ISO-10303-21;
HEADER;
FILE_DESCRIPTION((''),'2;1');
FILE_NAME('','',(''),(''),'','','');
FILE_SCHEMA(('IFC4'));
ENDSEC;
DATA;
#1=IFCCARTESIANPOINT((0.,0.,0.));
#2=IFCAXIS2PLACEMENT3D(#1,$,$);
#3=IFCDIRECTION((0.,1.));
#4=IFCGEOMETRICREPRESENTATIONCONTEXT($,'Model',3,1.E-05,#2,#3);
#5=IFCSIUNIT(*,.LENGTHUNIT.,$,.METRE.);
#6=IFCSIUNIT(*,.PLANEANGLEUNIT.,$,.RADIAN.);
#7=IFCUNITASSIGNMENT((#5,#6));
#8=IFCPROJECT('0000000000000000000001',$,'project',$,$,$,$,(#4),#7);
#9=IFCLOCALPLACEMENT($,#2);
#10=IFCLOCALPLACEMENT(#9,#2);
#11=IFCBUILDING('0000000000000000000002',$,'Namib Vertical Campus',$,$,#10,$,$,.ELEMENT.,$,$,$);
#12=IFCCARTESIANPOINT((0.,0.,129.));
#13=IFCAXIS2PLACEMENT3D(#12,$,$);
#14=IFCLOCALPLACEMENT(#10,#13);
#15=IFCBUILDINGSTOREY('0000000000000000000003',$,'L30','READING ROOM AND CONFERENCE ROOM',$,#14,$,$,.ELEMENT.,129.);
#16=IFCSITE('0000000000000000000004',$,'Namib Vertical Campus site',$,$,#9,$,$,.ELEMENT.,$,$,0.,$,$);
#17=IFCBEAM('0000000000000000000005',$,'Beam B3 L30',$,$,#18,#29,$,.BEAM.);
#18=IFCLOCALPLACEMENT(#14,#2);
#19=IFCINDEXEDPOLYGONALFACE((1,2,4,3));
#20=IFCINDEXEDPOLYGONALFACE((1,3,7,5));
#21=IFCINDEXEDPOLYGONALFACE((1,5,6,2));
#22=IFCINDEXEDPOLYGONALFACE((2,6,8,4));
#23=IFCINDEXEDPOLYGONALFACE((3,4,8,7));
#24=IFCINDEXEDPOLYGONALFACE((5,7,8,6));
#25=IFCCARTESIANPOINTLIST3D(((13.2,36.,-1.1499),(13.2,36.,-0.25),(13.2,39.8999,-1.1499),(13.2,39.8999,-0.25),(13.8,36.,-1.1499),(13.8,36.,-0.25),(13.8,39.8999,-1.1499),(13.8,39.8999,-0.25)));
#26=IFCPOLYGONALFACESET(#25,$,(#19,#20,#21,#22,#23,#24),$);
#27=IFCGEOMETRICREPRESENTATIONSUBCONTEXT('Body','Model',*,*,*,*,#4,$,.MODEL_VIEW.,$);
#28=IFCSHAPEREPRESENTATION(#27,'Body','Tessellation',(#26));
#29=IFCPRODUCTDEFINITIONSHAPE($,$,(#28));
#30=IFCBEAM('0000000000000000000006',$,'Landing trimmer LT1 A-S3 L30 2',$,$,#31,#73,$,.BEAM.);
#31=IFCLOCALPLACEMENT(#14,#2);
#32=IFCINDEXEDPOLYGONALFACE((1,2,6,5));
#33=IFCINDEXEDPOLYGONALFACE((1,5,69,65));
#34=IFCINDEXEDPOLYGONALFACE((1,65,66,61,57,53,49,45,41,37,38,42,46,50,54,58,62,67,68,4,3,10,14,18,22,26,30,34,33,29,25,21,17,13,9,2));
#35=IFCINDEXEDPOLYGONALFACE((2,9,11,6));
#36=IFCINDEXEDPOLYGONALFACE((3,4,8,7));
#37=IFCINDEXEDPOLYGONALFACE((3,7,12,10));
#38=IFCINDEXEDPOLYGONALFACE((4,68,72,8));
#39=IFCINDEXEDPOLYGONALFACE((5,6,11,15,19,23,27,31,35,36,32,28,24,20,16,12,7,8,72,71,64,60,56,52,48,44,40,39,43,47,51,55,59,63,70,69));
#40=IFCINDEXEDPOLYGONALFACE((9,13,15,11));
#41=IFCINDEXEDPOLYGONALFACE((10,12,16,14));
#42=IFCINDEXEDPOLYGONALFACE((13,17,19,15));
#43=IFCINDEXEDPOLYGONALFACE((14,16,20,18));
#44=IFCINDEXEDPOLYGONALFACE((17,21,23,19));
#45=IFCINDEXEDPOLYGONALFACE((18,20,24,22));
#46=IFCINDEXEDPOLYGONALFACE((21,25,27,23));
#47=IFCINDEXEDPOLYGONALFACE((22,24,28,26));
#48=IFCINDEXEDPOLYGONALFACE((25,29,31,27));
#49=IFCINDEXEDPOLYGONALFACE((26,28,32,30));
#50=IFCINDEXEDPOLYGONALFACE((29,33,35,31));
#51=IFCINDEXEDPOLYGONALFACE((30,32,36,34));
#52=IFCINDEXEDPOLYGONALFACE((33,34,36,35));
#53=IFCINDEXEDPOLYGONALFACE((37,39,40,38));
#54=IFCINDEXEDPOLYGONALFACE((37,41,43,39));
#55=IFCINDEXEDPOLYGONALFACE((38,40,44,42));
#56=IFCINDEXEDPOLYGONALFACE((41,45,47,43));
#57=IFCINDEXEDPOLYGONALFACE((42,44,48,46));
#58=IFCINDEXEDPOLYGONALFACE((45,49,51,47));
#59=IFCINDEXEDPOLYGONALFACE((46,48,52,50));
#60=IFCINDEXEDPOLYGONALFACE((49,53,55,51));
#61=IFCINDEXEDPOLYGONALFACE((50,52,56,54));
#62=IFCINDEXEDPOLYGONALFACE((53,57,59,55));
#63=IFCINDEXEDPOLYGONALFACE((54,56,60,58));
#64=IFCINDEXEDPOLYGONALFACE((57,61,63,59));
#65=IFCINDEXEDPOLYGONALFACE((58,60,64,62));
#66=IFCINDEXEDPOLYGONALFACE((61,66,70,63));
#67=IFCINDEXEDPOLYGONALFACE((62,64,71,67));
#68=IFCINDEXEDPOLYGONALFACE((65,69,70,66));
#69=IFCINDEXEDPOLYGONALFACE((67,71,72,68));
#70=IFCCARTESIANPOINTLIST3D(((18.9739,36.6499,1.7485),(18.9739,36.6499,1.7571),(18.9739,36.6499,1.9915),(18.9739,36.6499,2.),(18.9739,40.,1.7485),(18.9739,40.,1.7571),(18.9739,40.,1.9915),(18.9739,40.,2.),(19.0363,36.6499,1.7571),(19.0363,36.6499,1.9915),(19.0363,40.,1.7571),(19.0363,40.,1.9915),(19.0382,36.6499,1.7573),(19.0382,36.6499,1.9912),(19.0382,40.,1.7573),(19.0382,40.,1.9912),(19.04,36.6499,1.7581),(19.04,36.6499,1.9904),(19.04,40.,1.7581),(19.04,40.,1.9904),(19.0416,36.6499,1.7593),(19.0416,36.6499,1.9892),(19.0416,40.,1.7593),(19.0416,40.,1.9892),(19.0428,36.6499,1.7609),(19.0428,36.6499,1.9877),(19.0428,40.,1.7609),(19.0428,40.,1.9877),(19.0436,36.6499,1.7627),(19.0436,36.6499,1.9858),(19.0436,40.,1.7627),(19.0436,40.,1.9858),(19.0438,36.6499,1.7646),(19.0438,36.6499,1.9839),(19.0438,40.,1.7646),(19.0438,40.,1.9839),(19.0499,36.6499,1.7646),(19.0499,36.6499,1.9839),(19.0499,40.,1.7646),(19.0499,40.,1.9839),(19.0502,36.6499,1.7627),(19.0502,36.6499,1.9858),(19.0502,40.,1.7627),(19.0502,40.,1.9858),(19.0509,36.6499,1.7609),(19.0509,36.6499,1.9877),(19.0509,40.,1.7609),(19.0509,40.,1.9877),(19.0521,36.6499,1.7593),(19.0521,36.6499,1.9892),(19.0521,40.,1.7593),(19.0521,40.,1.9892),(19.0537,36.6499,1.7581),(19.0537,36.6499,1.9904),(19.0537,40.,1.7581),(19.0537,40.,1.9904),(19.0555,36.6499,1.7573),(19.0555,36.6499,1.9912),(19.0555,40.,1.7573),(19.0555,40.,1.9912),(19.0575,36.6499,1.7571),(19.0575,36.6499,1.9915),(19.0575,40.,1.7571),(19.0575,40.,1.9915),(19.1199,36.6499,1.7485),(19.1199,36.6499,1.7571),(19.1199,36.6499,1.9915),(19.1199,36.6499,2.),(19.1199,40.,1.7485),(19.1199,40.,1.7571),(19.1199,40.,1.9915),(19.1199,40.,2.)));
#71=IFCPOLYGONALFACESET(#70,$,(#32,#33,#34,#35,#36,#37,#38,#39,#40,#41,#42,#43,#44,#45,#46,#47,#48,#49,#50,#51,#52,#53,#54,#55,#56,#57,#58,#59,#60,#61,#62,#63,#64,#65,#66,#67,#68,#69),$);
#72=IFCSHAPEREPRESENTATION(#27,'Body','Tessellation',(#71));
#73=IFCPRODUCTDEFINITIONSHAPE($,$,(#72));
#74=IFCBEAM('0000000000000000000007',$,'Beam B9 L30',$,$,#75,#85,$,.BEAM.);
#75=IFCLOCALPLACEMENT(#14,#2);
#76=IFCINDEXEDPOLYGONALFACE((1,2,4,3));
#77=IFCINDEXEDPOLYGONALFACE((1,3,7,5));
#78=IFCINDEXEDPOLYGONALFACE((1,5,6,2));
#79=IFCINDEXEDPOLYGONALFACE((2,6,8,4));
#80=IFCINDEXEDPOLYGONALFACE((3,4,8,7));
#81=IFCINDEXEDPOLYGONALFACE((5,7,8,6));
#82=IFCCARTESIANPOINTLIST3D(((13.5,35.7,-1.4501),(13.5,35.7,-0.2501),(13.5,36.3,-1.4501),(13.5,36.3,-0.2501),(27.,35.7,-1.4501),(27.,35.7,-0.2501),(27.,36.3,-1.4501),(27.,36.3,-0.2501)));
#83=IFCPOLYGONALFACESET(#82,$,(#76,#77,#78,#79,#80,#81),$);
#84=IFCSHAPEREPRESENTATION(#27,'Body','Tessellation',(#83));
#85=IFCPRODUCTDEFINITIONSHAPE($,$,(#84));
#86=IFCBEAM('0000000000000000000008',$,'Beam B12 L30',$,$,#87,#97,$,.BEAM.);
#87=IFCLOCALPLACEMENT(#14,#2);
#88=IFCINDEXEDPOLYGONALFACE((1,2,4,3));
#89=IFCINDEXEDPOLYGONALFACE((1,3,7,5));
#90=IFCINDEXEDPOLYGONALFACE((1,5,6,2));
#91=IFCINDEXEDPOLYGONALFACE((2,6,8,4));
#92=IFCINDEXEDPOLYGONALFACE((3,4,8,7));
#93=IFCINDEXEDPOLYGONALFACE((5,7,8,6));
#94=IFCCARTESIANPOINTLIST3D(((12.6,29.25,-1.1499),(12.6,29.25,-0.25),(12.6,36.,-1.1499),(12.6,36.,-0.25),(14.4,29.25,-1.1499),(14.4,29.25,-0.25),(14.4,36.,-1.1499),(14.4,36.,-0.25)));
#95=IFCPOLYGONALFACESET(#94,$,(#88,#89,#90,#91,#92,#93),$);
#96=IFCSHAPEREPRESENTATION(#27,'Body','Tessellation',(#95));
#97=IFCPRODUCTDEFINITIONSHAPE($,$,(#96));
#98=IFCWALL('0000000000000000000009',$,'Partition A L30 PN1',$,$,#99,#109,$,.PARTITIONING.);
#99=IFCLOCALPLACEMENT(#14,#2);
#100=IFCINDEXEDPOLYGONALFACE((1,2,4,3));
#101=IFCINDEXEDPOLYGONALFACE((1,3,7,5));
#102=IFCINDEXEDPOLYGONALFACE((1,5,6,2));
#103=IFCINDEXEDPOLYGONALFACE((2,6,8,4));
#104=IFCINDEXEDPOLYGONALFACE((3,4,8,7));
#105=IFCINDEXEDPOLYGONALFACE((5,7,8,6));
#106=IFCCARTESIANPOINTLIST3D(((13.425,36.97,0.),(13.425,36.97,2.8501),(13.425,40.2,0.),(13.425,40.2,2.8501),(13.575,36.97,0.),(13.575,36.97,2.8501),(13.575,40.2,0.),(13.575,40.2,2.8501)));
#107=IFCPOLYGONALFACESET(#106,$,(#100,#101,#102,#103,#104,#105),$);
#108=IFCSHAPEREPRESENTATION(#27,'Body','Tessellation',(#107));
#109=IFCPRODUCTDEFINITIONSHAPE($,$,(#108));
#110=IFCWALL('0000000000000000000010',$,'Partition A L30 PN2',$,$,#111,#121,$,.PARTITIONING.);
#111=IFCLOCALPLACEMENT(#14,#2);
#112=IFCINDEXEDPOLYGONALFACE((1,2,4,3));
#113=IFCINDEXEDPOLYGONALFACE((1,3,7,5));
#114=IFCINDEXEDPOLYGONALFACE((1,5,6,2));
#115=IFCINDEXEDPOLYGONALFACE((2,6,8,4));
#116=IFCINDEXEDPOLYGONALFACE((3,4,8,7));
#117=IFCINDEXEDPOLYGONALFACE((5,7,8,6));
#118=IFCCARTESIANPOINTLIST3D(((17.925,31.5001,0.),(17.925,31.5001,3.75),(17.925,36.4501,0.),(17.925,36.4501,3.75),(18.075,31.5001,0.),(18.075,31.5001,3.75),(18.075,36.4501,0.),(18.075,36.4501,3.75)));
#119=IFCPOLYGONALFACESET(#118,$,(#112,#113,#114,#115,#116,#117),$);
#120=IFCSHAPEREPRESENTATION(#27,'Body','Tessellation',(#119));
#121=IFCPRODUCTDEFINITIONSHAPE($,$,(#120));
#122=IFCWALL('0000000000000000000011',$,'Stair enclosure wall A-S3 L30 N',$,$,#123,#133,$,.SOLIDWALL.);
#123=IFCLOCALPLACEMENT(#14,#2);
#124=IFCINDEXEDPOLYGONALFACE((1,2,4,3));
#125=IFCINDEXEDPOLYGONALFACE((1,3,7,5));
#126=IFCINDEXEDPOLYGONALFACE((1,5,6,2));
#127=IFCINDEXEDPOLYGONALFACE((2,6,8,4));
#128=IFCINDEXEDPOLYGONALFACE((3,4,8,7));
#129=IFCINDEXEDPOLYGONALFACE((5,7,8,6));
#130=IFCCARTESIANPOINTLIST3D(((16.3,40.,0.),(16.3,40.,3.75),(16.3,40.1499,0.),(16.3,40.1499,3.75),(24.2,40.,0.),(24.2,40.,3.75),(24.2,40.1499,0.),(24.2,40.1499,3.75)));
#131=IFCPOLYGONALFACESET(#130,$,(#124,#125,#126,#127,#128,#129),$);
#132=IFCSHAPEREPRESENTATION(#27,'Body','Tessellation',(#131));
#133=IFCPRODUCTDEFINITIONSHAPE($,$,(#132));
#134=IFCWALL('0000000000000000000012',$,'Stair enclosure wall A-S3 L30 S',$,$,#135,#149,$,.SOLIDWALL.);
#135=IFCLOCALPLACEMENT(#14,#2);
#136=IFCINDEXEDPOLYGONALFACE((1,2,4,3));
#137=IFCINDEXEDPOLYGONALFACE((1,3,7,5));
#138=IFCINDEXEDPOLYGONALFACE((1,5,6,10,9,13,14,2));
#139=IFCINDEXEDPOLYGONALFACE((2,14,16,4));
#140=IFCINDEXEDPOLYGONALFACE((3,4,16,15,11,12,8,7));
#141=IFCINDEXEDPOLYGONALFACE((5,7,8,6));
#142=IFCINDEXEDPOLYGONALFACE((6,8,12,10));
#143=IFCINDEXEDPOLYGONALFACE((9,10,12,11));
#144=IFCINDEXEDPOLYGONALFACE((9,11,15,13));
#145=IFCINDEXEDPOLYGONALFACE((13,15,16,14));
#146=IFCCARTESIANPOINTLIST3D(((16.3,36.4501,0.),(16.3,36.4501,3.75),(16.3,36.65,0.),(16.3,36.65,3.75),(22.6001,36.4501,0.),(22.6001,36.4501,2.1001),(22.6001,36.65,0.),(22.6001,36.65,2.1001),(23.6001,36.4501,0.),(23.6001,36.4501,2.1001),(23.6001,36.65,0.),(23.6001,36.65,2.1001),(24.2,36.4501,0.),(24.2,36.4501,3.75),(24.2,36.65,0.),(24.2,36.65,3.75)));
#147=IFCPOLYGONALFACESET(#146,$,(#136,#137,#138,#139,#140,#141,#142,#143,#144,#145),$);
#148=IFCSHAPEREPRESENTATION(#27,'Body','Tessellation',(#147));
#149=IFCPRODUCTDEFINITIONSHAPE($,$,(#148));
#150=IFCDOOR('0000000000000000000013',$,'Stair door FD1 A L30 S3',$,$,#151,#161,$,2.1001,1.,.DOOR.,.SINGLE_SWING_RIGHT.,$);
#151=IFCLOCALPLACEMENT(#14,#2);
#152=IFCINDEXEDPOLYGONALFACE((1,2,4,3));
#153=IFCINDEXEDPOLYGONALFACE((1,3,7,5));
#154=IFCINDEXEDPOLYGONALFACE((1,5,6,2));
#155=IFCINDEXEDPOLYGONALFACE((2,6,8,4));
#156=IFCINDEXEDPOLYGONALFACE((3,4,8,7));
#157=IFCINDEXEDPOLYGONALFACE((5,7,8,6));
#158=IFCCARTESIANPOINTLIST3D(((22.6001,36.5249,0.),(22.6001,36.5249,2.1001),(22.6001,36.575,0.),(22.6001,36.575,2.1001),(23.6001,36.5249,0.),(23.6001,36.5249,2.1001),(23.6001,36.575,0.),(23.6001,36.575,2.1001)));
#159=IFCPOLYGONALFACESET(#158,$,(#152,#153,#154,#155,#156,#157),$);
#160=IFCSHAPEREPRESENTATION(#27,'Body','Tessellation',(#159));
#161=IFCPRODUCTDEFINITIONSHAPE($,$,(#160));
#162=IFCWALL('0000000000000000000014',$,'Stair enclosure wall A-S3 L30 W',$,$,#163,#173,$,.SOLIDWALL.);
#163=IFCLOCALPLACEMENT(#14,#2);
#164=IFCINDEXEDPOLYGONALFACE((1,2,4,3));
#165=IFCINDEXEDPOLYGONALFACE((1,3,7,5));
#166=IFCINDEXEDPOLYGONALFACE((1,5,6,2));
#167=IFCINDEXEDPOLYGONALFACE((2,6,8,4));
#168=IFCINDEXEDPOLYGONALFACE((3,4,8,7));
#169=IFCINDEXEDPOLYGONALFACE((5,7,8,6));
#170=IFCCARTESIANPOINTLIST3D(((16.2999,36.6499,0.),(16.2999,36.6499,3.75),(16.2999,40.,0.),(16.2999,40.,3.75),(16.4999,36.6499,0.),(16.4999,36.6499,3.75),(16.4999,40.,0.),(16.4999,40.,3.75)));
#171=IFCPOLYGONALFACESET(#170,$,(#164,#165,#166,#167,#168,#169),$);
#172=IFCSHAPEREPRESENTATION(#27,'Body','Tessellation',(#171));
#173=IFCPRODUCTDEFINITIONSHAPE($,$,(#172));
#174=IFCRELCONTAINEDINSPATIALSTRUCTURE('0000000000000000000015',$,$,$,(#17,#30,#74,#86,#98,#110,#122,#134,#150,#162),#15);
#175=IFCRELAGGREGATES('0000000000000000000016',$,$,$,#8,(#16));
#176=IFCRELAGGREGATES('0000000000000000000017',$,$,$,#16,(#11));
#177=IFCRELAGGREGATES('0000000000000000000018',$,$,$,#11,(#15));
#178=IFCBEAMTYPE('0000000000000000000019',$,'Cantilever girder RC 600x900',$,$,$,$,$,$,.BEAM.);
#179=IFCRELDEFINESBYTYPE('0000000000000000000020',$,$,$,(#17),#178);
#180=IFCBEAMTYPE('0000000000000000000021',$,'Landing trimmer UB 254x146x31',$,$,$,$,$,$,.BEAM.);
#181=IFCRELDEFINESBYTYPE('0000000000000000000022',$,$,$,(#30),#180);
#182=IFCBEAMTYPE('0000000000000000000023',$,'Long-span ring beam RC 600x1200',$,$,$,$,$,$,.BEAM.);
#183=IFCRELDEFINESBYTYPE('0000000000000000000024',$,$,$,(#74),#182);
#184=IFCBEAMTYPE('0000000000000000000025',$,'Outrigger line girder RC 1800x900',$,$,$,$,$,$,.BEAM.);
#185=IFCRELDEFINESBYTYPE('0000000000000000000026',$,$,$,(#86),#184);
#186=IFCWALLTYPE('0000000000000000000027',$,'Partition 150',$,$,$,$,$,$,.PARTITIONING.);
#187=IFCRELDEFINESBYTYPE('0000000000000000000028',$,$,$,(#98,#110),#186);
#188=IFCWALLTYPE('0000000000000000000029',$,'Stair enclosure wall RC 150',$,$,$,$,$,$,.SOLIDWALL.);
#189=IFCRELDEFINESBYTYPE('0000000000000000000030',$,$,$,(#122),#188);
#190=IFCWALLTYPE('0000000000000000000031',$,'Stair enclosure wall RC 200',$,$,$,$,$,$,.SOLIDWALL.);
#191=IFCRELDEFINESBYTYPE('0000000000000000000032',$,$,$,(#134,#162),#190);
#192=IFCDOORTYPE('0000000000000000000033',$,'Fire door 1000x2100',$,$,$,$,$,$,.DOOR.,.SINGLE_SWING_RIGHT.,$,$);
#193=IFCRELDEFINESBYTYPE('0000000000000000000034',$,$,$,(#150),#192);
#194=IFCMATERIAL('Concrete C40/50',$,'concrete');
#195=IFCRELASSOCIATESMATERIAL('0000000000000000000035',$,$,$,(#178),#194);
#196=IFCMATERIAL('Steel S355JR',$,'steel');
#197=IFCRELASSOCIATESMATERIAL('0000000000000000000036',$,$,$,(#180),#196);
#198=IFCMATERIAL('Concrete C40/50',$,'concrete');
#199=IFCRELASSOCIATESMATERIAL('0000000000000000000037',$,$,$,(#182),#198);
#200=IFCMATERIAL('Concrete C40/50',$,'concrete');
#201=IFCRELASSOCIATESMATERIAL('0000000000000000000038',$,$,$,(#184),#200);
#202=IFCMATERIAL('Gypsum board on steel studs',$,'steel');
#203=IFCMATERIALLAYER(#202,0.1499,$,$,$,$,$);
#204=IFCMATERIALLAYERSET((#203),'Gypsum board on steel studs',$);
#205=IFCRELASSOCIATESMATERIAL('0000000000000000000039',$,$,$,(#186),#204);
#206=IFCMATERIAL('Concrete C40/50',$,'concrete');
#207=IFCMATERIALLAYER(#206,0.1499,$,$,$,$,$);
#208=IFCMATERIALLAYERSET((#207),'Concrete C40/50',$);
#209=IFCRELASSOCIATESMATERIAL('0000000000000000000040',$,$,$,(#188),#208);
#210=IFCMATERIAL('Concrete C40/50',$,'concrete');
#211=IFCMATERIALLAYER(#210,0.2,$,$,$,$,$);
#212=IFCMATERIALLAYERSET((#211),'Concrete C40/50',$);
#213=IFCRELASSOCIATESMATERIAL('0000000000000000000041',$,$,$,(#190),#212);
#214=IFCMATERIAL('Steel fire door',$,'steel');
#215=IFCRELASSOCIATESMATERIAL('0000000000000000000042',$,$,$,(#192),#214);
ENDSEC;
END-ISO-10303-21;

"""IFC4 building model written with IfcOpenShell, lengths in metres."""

from ifc_helpers import new_model, si_unit, direction, frame, frame_2d, origin, origin_2d, place, context, subcontext, project, spatial, rectangle, i_section, extrude, material, layer, layer_set, material_profile, profile_set, type_object, element, fill, save


model = new_model("IFC4")

# Units and contexts
model_context = context("Model", 3, precision=1e-05, world=origin(), true_north=direction((0.0, 1.0)))
body_context = subcontext(model_context, "Body", "Model", "MODEL_VIEW")
ifc_project = project(units=[si_unit("LENGTHUNIT", "METRE"), si_unit("PLANEANGLEUNIT", "RADIAN")], contexts=[model_context])

# Site, building, storey
site_placement = place(None, origin())
site = spatial("IfcSite", under=ifc_project, at=site_placement, Name="Namib Vertical Campus site", CompositionType="ELEMENT", RefElevation=0.0)
building_placement = place(site_placement, origin())
building = spatial("IfcBuilding", under=site, at=building_placement, Name="Namib Vertical Campus", CompositionType="ELEMENT")
storey_placement = place(building_placement, frame((0.0, 0.0, 129.0)))
storey = spatial("IfcBuildingStorey", under=building, at=storey_placement, Name="L30", Description="READING ROOM AND CONFERENCE ROOM", CompositionType="ELEMENT", Elevation=129.0)

# Beams
ifc_material_1 = material(Name="Concrete C40/50", Category="concrete")
ifc_material_profile_1 = material_profile(ifc_material_1, rectangle(XDim=0.6001, YDim=0.8999, at=origin_2d()))
ifc_profile_set_1 = profile_set([ifc_material_profile_1], Name="Concrete C40/50")
beam_type_1 = type_object("IfcBeamType", Name="Cantilever girder RC 600x900", PredefinedType="BEAM", material=ifc_profile_set_1)
beam_1_placement = place(storey_placement, frame((13.5, 36.0, -0.7), z_axis=(0.0, 1.0, 0.0), x_axis=(-1.0, 0.0, 0.0)))
element("IfcBeam", 1, at=beam_1_placement, inside=storey, type_object=beam_type_1, Name="Beam B3 L30", PredefinedType="BEAM", context=body_context, shape_type="SweptSolid", body=[
    extrude(rectangle(XDim=0.6001, YDim=0.8999, at=origin_2d()), origin(), (0.0, 0.0, 1.0), 3.8999),
])
ifc_material_2 = material(Name="Steel S355JR", Category="steel")
ifc_material_profile_2 = material_profile(ifc_material_2, i_section(OverallWidth=0.146, OverallDepth=0.2515, WebThickness=0.0061, FlangeThickness=0.0085, FilletRadius=0.0076, at=origin_2d()))
ifc_profile_set_2 = profile_set([ifc_material_profile_2], Name="Steel S355JR")
beam_type_2 = type_object("IfcBeamType", Name="Landing trimmer UB 254x146x31", PredefinedType="BEAM", material=ifc_profile_set_2)
beam_2_placement = place(storey_placement, frame((19.0469, 36.6499, 1.8743), z_axis=(0.0, 1.0, 0.0), x_axis=(-1.0, 0.0, 0.0)))
element("IfcBeam", 2, at=beam_2_placement, inside=storey, type_object=beam_type_2, Name="Landing trimmer LT1 A-S3 L30 2", PredefinedType="BEAM", context=body_context, shape_type="SweptSolid", body=[
    extrude(i_section(OverallWidth=0.146, OverallDepth=0.2515, WebThickness=0.0061, FlangeThickness=0.0085, FilletRadius=0.0076, at=origin_2d()), origin(), (0.0, 0.0, 1.0), 3.3501),
])
ifc_material_3 = material(Name="Concrete C40/50", Category="concrete")
ifc_material_profile_3 = material_profile(ifc_material_3, rectangle(XDim=0.6001, YDim=1.2, at=origin_2d()))
ifc_profile_set_3 = profile_set([ifc_material_profile_3], Name="Concrete C40/50")
beam_type_3 = type_object("IfcBeamType", Name="Long-span ring beam RC 600x1200", PredefinedType="BEAM", material=ifc_profile_set_3)
beam_3_placement = place(storey_placement, frame((13.5, 36.0, -0.8501), z_axis=(1.0, 0.0, 0.0), x_axis=(0.0, 1.0, 0.0)))
element("IfcBeam", 3, at=beam_3_placement, inside=storey, type_object=beam_type_3, Name="Beam B9 L30", PredefinedType="BEAM", context=body_context, shape_type="SweptSolid", body=[
    extrude(rectangle(XDim=0.6001, YDim=1.2, at=origin_2d()), origin(), (0.0, 0.0, 1.0), 13.5),
])
ifc_material_4 = material(Name="Concrete C40/50", Category="concrete")
ifc_material_profile_4 = material_profile(ifc_material_4, rectangle(XDim=1.8, YDim=0.8999, at=origin_2d()))
ifc_profile_set_4 = profile_set([ifc_material_profile_4], Name="Concrete C40/50")
beam_type_4 = type_object("IfcBeamType", Name="Outrigger line girder RC 1800x900", PredefinedType="BEAM", material=ifc_profile_set_4)
beam_4_placement = place(storey_placement, frame((13.5, 36.0, -0.7), z_axis=(0.0, -1.0, 0.0), x_axis=(1.0, 0.0, 0.0)))
element("IfcBeam", 4, at=beam_4_placement, inside=storey, type_object=beam_type_4, Name="Beam B12 L30", PredefinedType="BEAM", context=body_context, shape_type="SweptSolid", body=[
    extrude(rectangle(XDim=1.8, YDim=0.8999, at=origin_2d()), origin(), (0.0, 0.0, 1.0), 6.75),
])

# Walls
ifc_material_5 = material(Name="Gypsum board on steel studs", Category="steel")
ifc_layer_1 = layer(ifc_material_5, 0.1499)
ifc_layer_set_1 = layer_set([ifc_layer_1], Name="Gypsum board on steel studs")
wall_type_1 = type_object("IfcWallType", Name="Partition 150", PredefinedType="PARTITIONING", material=ifc_layer_set_1)
wall_1_placement = place(storey_placement, frame((13.5, 36.97, 0.0), z_axis=(0.0, 0.0, 1.0), x_axis=(0.0, 1.0, 0.0)))
element("IfcWall", 5, at=wall_1_placement, inside=storey, type_object=wall_type_1, Name="Partition A L30 PN1", PredefinedType="PARTITIONING", context=body_context, shape_type="SweptSolid", body=[
    extrude(rectangle(XDim=3.23, YDim=0.1499, at=frame_2d((1.615, 0.0))), origin(), (0.0, 0.0, 1.0), 2.8501),
])
wall_2_placement = place(storey_placement, frame((18.0, 31.5, 0.0), z_axis=(0.0, 0.0, 1.0), x_axis=(0.0, 1.0, 0.0)))
element("IfcWall", 6, at=wall_2_placement, inside=storey, type_object=wall_type_1, Name="Partition A L30 PN2", PredefinedType="PARTITIONING", context=body_context, shape_type="SweptSolid", body=[
    extrude(rectangle(XDim=4.95, YDim=0.1499, at=frame_2d((2.4751, 0.0))), origin(), (0.0, 0.0, 1.0), 3.75),
])
ifc_material_6 = material(Name="Concrete C40/50", Category="concrete")
ifc_layer_2 = layer(ifc_material_6, 0.1499)
ifc_layer_set_2 = layer_set([ifc_layer_2], Name="Concrete C40/50")
wall_type_2 = type_object("IfcWallType", Name="Stair enclosure wall RC 150", PredefinedType="SOLIDWALL", material=ifc_layer_set_2)
wall_3_placement = place(storey_placement, frame((16.3, 40.075, 0.0), z_axis=(0.0, 0.0, 1.0), x_axis=(1.0, 0.0, 0.0)))
element("IfcWall", 7, at=wall_3_placement, inside=storey, type_object=wall_type_2, Name="Stair enclosure wall A-S3 L30 N", PredefinedType="SOLIDWALL", context=body_context, shape_type="SweptSolid", body=[
    extrude(rectangle(XDim=7.8999, YDim=0.1499, at=frame_2d((3.95, 0.0))), origin(), (0.0, 0.0, 1.0), 3.75),
])

# Wall, opening, door
ifc_material_7 = material(Name="Concrete C40/50", Category="concrete")
ifc_layer_3 = layer(ifc_material_7, 0.2)
ifc_layer_set_3 = layer_set([ifc_layer_3], Name="Concrete C40/50")
wall_type_3 = type_object("IfcWallType", Name="Stair enclosure wall RC 200", PredefinedType="SOLIDWALL", material=ifc_layer_set_3)
wall_4_placement = place(storey_placement, frame((16.3, 36.55, 0.0), z_axis=(0.0, 0.0, 1.0), x_axis=(1.0, 0.0, 0.0)))
wall_4 = element("IfcWall", 8, at=wall_4_placement, inside=storey, type_object=wall_type_3, Name="Stair enclosure wall A-S3 L30 S", PredefinedType="SOLIDWALL", context=body_context, shape_type="SweptSolid", body=[
    extrude(rectangle(XDim=7.8999, YDim=0.2, at=frame_2d((3.95, 0.0))), origin(), (0.0, 0.0, 1.0), 3.75),
])
opening_placement = place(wall_4_placement, frame((6.3, 0.0, 0.0)))
opening = element("IfcOpeningElement", 9, at=opening_placement, cuts=wall_4, PredefinedType="OPENING", context=body_context, shape_type="SweptSolid", body=[
    extrude(rectangle(XDim=1.0, YDim=2.1001, at=frame_2d((0.5, 1.05))), frame((0.0, 0.1099, 0.0), z_axis=(0.0, -1.0, 0.0), x_axis=(1.0, 0.0, 0.0)), (0.0, 0.0, 1.0), 0.22),
])
ifc_material_8 = material(Name="Steel fire door", Category="steel")
door_type = type_object("IfcDoorType", Name="Fire door 1000x2100", OperationType="SINGLE_SWING_RIGHT", PredefinedType="DOOR", material=ifc_material_8)
door_placement = place(opening_placement, origin())
door = element("IfcDoor", 10, at=door_placement, inside=storey, type_object=door_type, Name="Stair door FD1 A L30 S3", OperationType="SINGLE_SWING_RIGHT", OverallHeight=2.1001, OverallWidth=1.0, PredefinedType="DOOR", context=body_context, shape_type="SweptSolid", body=[
    extrude(rectangle(XDim=1.0, YDim=2.1001, at=frame_2d((0.5, 1.05))), frame((0.0, 0.0249, 0.0), z_axis=(0.0, -1.0, 0.0), x_axis=(1.0, 0.0, 0.0)), (0.0, 0.0, 1.0), 0.05),
])
fill(opening, door)

# Wall
wall_5_placement = place(storey_placement, frame((16.3999, 36.6499, 0.0), z_axis=(0.0, 0.0, 1.0), x_axis=(0.0, 1.0, 0.0)))
element("IfcWall", 11, at=wall_5_placement, inside=storey, type_object=wall_type_3, Name="Stair enclosure wall A-S3 L30 W", PredefinedType="SOLIDWALL", context=body_context, shape_type="SweptSolid", body=[
    extrude(rectangle(XDim=3.3501, YDim=0.2, at=frame_2d((1.675, 0.0))), origin(), (0.0, 0.0, 1.0), 3.75),
])

save(model, "model.ifc")
